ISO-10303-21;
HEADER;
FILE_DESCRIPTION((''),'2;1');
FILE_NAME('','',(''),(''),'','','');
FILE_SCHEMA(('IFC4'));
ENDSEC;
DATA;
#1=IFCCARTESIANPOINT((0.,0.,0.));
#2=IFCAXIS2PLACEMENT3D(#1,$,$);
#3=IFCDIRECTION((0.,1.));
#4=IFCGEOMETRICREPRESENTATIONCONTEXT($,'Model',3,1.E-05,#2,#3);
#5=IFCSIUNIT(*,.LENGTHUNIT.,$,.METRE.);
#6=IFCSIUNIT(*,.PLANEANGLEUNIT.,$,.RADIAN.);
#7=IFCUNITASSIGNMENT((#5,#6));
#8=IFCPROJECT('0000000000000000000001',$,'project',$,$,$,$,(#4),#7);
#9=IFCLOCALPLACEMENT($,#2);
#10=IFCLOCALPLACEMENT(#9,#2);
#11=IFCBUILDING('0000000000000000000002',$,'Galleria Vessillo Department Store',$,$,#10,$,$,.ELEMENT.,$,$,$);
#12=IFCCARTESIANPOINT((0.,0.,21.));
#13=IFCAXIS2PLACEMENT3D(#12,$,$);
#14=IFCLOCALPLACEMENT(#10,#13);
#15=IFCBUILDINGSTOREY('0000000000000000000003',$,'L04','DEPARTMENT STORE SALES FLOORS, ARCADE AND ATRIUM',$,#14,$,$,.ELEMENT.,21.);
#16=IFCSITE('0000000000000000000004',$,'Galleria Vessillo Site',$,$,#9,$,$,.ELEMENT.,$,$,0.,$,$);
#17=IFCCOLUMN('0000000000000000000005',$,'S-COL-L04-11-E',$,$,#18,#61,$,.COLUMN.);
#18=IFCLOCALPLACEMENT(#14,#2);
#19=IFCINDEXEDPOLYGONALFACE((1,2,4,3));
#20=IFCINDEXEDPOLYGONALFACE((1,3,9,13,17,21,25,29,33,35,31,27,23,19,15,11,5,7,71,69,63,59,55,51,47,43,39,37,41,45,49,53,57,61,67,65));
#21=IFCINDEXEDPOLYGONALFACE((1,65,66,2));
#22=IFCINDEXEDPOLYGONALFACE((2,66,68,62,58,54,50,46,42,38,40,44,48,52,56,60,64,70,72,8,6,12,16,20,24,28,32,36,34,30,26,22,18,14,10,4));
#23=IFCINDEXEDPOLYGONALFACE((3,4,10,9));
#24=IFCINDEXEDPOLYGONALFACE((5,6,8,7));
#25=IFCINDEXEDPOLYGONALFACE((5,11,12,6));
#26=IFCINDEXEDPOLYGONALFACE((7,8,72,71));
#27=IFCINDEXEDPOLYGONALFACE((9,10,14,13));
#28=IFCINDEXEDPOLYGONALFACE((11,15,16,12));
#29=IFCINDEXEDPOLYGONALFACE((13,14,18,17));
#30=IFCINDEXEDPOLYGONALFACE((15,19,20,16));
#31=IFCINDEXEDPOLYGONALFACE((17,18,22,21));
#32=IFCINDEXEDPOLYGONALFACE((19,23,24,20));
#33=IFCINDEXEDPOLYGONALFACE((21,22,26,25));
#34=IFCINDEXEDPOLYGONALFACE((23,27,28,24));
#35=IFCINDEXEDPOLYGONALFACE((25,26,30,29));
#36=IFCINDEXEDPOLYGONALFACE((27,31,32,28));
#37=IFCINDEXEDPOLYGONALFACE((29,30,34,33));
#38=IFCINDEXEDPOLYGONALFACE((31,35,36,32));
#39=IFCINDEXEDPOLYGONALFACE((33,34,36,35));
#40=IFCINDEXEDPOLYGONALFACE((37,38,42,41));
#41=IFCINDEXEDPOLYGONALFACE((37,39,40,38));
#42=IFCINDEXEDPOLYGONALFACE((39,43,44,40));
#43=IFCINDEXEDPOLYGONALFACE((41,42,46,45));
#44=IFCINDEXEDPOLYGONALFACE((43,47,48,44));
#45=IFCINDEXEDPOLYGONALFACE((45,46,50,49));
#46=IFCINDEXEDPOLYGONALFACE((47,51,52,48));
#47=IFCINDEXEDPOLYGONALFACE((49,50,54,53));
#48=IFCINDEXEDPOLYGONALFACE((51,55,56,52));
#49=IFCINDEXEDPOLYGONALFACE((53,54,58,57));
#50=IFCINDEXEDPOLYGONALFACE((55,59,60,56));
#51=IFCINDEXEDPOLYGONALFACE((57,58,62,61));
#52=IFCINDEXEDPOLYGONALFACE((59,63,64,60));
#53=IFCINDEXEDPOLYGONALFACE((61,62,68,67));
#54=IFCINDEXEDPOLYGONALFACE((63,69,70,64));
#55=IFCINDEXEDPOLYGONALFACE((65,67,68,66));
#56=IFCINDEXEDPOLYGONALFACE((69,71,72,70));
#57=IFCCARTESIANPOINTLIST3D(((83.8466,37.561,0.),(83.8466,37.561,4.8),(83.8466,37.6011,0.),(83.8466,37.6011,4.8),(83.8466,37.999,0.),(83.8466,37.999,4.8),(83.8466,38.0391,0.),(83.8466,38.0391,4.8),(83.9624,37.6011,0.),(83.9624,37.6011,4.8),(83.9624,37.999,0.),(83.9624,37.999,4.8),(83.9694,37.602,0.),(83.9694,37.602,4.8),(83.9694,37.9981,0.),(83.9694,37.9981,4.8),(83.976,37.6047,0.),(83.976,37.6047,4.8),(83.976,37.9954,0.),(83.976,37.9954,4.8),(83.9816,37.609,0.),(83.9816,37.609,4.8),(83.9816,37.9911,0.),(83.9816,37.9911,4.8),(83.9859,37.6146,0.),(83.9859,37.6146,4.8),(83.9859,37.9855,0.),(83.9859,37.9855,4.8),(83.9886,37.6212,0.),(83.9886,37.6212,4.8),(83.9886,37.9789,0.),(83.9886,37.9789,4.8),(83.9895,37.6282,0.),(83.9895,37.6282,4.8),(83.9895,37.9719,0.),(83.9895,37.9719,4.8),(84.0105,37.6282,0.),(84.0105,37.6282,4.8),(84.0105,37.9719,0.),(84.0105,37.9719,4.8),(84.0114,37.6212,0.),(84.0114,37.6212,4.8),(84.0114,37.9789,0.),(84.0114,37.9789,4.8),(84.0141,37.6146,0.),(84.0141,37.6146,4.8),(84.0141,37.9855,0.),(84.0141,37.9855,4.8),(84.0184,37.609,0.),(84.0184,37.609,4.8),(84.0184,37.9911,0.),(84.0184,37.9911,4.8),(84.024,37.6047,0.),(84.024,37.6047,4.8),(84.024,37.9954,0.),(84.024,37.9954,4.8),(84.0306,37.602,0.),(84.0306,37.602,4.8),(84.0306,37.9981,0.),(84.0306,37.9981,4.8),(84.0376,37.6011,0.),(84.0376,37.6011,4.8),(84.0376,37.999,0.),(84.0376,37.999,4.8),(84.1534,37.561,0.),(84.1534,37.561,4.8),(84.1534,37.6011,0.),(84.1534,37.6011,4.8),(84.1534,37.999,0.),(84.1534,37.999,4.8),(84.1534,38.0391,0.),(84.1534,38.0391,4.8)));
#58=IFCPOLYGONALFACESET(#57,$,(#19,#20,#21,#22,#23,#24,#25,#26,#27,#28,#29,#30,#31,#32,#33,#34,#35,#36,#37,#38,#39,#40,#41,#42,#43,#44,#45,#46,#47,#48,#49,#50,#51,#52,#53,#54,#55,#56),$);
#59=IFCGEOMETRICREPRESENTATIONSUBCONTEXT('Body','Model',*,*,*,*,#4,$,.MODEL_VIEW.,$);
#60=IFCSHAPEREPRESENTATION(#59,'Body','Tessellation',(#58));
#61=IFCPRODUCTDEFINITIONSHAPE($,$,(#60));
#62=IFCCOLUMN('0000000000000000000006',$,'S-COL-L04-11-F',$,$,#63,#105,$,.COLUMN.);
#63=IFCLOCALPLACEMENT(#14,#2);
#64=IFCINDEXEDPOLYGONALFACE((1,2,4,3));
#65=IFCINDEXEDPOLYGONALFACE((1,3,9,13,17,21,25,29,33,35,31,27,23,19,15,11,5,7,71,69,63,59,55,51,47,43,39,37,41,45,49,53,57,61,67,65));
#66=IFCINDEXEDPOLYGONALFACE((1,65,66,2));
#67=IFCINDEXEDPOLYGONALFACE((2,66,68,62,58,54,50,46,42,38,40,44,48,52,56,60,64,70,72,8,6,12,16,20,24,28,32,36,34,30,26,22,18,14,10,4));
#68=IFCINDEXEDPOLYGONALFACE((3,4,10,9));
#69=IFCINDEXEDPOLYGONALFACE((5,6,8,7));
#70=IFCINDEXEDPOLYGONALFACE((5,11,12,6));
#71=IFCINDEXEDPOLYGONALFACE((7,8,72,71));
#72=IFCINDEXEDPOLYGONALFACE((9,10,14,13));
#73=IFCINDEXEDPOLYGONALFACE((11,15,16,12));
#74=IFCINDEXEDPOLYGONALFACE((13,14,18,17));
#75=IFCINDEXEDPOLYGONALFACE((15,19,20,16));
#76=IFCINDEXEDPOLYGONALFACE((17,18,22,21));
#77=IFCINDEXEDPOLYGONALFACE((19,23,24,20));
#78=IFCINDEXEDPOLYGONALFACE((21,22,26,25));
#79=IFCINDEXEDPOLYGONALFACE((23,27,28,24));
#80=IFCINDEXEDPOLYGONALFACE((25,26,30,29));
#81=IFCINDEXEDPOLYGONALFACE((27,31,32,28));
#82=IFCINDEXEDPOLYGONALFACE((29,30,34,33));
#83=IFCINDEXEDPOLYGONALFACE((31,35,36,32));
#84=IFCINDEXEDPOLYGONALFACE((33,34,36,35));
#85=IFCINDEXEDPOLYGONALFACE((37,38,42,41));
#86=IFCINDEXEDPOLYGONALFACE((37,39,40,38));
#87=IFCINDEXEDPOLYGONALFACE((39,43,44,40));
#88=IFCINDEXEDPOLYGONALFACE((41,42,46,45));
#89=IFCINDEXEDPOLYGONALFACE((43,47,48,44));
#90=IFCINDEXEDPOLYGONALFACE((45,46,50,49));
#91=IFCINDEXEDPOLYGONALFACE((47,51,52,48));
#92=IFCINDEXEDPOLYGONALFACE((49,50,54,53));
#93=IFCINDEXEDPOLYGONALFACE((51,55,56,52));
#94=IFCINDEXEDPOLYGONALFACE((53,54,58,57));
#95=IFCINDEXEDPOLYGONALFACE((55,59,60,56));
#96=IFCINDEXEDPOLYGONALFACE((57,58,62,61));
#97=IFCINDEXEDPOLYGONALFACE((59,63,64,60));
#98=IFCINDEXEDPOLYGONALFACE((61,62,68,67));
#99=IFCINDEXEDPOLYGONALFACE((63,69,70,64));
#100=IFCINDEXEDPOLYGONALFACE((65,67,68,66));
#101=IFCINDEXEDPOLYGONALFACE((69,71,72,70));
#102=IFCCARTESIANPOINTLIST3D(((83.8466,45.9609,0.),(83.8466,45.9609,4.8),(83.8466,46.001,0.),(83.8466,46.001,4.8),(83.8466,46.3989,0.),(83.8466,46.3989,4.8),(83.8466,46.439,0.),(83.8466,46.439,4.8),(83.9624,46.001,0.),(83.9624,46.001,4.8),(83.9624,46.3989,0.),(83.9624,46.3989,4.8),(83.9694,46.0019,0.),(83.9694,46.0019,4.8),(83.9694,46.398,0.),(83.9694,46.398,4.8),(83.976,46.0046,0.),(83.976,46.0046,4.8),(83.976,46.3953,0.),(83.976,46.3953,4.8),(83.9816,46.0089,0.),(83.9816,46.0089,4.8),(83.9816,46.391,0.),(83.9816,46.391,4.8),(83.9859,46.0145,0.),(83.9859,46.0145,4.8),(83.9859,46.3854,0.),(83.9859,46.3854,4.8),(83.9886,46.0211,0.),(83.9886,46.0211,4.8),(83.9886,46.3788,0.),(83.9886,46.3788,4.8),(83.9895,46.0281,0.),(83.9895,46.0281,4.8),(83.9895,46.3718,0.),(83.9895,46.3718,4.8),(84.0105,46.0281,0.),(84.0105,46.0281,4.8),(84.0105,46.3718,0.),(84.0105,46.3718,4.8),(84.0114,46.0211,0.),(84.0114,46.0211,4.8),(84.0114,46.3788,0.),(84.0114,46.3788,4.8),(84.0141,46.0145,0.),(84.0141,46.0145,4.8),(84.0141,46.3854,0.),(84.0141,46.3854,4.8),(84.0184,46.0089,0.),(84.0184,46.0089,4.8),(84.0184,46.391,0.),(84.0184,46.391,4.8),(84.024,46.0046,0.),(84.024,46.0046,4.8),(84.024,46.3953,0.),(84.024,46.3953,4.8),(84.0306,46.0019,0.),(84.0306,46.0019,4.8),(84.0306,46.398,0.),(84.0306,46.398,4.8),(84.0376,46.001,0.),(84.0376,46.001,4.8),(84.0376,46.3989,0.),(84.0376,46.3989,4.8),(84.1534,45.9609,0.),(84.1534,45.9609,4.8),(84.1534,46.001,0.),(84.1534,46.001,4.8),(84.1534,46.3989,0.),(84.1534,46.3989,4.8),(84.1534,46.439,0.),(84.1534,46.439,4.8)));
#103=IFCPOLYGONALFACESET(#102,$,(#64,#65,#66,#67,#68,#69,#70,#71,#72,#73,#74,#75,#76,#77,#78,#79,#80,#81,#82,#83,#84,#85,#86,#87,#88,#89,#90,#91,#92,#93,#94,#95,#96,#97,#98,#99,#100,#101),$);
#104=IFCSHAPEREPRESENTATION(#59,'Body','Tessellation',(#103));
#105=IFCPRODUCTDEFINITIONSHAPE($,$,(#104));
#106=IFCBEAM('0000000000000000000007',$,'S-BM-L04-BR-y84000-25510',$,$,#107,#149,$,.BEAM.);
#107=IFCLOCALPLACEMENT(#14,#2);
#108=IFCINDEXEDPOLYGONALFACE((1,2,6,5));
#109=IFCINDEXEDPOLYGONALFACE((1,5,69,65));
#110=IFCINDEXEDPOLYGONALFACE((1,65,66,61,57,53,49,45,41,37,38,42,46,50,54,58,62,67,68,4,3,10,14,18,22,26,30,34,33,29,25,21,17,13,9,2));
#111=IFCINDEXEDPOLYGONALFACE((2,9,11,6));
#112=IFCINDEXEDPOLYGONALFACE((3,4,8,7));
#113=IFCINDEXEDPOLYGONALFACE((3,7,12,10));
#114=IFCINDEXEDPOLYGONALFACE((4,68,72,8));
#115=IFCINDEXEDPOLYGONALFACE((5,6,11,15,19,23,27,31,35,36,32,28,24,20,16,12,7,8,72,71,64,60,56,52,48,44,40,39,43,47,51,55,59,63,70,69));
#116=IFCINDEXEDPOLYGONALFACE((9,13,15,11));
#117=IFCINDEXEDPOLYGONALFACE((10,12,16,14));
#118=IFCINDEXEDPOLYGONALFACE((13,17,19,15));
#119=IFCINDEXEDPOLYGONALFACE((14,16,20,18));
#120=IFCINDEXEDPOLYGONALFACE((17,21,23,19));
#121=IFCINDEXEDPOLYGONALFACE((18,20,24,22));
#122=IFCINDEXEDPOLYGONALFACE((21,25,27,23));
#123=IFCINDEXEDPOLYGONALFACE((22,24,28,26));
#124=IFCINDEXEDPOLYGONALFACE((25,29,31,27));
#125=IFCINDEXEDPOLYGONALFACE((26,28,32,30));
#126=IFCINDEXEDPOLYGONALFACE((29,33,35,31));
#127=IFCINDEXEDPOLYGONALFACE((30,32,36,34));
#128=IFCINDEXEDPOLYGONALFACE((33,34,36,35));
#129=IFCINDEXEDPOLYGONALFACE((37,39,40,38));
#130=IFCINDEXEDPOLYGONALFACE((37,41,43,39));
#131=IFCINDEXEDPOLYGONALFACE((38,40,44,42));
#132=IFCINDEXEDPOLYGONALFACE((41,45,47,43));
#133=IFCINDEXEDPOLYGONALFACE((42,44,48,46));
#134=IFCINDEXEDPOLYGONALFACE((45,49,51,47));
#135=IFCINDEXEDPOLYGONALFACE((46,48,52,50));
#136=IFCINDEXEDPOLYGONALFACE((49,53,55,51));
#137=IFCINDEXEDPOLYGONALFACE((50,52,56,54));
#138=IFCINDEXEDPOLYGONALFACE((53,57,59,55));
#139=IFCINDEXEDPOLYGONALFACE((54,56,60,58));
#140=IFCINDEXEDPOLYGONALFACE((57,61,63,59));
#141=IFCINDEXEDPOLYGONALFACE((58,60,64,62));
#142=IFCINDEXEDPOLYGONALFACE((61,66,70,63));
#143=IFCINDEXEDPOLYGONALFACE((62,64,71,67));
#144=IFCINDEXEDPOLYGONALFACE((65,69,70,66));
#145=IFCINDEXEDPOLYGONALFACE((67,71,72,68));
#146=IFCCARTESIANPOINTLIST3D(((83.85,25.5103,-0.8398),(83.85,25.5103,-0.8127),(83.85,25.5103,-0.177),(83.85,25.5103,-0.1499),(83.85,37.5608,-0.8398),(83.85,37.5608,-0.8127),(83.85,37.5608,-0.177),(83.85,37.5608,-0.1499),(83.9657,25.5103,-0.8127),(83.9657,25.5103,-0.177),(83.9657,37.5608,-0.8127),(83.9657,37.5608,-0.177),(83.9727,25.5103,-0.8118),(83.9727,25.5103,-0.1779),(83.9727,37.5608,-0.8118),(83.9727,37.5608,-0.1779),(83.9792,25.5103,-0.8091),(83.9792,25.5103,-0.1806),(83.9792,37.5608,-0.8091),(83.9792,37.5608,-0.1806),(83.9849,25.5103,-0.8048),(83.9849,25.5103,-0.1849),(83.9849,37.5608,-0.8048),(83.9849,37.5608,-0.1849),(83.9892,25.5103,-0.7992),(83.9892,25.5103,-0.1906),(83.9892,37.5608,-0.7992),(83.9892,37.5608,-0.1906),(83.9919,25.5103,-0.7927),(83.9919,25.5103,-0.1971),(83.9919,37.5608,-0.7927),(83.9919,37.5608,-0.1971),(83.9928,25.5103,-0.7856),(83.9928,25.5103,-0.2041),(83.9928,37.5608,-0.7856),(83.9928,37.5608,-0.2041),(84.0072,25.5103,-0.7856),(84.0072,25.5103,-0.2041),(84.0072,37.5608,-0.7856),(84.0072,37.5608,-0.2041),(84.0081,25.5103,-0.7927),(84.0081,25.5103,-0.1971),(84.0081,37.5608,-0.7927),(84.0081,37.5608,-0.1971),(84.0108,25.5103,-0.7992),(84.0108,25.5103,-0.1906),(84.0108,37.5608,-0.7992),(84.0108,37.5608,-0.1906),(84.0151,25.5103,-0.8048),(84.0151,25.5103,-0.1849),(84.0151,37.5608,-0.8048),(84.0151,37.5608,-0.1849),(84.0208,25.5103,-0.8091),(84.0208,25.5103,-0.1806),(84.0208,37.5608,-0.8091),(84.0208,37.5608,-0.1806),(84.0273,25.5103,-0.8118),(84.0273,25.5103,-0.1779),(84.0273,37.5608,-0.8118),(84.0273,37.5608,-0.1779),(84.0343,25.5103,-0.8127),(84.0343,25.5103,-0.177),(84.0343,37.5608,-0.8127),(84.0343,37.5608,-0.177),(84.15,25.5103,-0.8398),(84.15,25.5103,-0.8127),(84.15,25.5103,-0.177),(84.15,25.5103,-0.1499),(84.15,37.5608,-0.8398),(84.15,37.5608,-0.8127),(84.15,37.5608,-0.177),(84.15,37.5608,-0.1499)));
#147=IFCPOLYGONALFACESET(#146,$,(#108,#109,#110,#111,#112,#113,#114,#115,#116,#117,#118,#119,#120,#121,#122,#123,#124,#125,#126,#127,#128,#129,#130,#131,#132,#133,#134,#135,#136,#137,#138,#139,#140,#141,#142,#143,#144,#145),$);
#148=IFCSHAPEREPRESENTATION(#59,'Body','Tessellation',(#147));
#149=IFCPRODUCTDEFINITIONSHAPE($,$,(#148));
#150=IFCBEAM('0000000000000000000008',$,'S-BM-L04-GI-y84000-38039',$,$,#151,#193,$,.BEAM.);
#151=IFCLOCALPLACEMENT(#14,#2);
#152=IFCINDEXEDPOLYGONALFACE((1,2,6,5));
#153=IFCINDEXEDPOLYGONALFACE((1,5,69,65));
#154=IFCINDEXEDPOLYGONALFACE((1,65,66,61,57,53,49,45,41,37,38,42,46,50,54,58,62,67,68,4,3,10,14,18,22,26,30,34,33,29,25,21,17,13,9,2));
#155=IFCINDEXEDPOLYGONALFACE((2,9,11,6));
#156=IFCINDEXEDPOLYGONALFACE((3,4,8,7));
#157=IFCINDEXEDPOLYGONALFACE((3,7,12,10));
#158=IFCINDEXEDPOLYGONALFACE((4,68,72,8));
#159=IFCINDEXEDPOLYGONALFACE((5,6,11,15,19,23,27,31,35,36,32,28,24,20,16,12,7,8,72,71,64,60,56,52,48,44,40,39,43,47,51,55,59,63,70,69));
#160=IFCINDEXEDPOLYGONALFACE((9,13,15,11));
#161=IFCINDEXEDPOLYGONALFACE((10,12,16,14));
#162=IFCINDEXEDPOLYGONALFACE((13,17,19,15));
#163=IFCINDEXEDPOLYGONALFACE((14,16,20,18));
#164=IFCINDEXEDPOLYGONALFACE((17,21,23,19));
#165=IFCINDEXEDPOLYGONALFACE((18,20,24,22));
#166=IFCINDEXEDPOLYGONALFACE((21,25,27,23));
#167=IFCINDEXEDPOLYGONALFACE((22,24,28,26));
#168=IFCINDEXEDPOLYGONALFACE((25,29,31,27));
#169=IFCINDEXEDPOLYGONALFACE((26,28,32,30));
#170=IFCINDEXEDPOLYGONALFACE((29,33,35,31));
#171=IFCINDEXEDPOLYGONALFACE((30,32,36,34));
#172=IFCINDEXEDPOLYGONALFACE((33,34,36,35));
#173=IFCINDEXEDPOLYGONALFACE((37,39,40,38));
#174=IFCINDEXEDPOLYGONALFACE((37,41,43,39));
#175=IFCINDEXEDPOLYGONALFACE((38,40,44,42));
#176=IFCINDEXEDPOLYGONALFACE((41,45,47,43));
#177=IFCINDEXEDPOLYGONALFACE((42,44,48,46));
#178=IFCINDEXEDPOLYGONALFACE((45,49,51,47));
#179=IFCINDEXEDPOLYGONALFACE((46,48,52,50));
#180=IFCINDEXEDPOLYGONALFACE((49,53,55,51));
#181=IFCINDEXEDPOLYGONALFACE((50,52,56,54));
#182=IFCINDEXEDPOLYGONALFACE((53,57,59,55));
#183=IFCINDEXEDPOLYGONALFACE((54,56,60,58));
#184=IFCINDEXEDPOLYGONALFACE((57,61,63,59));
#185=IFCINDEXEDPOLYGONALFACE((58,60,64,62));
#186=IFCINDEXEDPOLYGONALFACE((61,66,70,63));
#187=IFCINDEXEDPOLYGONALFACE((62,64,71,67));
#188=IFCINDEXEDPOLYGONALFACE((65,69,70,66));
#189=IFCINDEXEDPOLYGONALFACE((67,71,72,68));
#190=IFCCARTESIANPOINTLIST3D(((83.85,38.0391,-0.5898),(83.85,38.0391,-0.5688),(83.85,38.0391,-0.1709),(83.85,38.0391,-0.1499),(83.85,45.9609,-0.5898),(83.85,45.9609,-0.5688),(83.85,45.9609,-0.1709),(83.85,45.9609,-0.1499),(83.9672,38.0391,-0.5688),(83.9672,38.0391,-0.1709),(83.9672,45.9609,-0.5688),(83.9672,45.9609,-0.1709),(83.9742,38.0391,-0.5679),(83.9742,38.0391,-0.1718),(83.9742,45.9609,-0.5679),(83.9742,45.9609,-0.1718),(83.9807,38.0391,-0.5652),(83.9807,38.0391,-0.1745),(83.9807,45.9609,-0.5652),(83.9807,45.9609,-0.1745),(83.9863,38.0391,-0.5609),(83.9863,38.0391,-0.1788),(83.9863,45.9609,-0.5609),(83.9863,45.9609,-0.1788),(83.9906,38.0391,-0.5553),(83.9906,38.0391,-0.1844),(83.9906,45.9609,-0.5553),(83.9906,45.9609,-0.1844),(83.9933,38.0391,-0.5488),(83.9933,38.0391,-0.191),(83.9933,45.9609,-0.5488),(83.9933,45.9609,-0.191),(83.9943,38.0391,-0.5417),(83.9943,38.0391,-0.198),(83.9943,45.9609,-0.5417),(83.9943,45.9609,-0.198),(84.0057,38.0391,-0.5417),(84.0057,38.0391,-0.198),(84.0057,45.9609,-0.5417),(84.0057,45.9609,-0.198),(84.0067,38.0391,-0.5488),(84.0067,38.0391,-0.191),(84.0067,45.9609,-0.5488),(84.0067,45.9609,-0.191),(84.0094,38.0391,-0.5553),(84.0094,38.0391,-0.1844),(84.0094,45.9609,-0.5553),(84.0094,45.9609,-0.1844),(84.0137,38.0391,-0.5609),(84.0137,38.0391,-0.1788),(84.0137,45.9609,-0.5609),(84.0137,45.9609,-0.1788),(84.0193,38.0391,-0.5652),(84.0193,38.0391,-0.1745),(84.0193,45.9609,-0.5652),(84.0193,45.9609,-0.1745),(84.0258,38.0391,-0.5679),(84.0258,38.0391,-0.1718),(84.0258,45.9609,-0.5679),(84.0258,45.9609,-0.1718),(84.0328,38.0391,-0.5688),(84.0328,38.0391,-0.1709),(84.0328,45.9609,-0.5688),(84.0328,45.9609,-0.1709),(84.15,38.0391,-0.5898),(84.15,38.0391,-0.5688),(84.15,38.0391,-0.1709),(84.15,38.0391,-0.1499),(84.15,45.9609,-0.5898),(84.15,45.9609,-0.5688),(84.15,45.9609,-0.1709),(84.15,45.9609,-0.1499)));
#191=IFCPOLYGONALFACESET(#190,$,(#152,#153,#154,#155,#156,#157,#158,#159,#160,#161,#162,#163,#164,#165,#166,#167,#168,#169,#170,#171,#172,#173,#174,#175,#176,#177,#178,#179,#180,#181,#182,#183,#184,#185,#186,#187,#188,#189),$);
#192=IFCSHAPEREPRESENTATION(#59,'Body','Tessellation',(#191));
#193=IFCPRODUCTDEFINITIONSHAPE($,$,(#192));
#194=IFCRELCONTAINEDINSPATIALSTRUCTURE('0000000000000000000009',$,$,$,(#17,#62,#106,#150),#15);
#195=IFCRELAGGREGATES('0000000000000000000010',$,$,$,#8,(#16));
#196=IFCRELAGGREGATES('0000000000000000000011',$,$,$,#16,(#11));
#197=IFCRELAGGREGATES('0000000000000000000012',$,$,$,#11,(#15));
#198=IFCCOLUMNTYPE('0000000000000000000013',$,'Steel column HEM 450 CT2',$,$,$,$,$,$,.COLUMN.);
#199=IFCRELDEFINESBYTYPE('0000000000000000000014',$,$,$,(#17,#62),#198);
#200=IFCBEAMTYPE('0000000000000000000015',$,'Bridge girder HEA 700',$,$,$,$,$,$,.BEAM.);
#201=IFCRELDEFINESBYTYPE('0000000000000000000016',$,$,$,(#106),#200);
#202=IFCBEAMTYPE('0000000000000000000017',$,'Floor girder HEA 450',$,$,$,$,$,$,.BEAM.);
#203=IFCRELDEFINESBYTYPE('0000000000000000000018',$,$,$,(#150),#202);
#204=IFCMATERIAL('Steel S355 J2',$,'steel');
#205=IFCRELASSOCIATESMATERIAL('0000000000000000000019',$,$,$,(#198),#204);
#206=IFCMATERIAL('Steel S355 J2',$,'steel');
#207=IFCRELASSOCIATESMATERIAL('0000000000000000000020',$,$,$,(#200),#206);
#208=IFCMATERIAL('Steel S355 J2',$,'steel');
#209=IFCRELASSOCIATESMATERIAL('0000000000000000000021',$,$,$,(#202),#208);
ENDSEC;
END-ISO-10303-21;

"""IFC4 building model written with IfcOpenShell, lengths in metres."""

from ifc_helpers import new_model, si_unit, direction, frame, origin, origin_2d, place, context, subcontext, project, spatial, i_section, extrude, material, material_profile, profile_set, type_object, element, save


model = new_model("IFC4")

# Units and contexts
model_context = context("Model", 3, precision=1e-05, world=origin(), true_north=direction((0.0, 1.0)))
body_context = subcontext(model_context, "Body", "Model", "MODEL_VIEW")
ifc_project = project(units=[si_unit("LENGTHUNIT", "METRE"), si_unit("PLANEANGLEUNIT", "RADIAN")], contexts=[model_context])

# Site, building, storey
site_placement = place(None, origin())
site = spatial("IfcSite", under=ifc_project, at=site_placement, Name="Galleria Vessillo Site", CompositionType="ELEMENT", RefElevation=0.0)
building_placement = place(site_placement, origin())
building = spatial("IfcBuilding", under=site, at=building_placement, Name="Galleria Vessillo Department Store", CompositionType="ELEMENT")
storey_placement = place(building_placement, frame((0.0, 0.0, 21.0)))
storey = spatial("IfcBuildingStorey", under=building, at=storey_placement, Name="L04", Description="DEPARTMENT STORE SALES FLOORS, ARCADE AND ATRIUM", CompositionType="ELEMENT", Elevation=21.0)

# Columns
ifc_material_1 = material(Name="Steel S355 J2", Category="steel")
ifc_material_profile_1 = material_profile(ifc_material_1, i_section(OverallWidth=0.3069, OverallDepth=0.478, WebThickness=0.021, FlangeThickness=0.04, FilletRadius=0.0271, at=origin_2d()), Name="HEM 450")
ifc_profile_set_1 = profile_set([ifc_material_profile_1], Name="Steel S355 J2")
column_type = type_object("IfcColumnType", Name="Steel column HEM 450 CT2", PredefinedType="COLUMN", material=ifc_profile_set_1)
for number, where, z_axis, x_axis, name in (
    (1, (84.0, 37.8, 0.0), (0.0, 0.0, 1.0), (1.0, 0.0, 0.0), "S-COL-L04-11-E"),
    (2, (84.0, 46.2, 0.0), (0.0, 0.0, 1.0), (1.0, 0.0, 0.0), "S-COL-L04-11-F"),
):
    element("IfcColumn", number, at=place(storey_placement, frame(where, z_axis=z_axis, x_axis=x_axis)), inside=storey, type_object=column_type, Name=name, PredefinedType="COLUMN", context=body_context, shape_type="SweptSolid", body=[
        extrude(i_section(OverallWidth=0.3069, OverallDepth=0.478, WebThickness=0.021, FlangeThickness=0.04, FilletRadius=0.0271, at=origin_2d()), origin(), (0.0, 0.0, 1.0), 4.8),
    ])

# Beams
ifc_material_2 = material(Name="Steel S355 J2", Category="steel")
ifc_material_profile_2 = material_profile(ifc_material_2, i_section(OverallWidth=0.3, OverallDepth=0.6899, WebThickness=0.0144, FlangeThickness=0.0271, FilletRadius=0.0271, at=origin_2d()), Name="HEA 700")
ifc_profile_set_2 = profile_set([ifc_material_profile_2], Name="Steel S355 J2")
beam_type_1 = type_object("IfcBeamType", Name="Bridge girder HEA 700", PredefinedType="BEAM", material=ifc_profile_set_2)
beam_1_placement = place(storey_placement, frame((84.0, 25.5103, -0.4949), z_axis=(0.0, 1.0, 0.0), x_axis=(-1.0, 0.0, 0.0)))
element("IfcBeam", 3, at=beam_1_placement, inside=storey, type_object=beam_type_1, Name="S-BM-L04-BR-y84000-25510", PredefinedType="BEAM", context=body_context, shape_type="SweptSolid", body=[
    extrude(i_section(OverallWidth=0.3, OverallDepth=0.6899, WebThickness=0.0144, FlangeThickness=0.0271, FilletRadius=0.0271, at=origin_2d()), origin(), (0.0, 0.0, 1.0), 12.0505),
])
ifc_material_3 = material(Name="Steel S355 J2", Category="steel")
ifc_material_profile_3 = material_profile(ifc_material_3, i_section(OverallWidth=0.3, OverallDepth=0.4399, WebThickness=0.0115, FlangeThickness=0.021, FilletRadius=0.0271, at=origin_2d()), Name="HEA 450")
ifc_profile_set_3 = profile_set([ifc_material_profile_3], Name="Steel S355 J2")
beam_type_2 = type_object("IfcBeamType", Name="Floor girder HEA 450", PredefinedType="BEAM", material=ifc_profile_set_3)
beam_2_placement = place(storey_placement, frame((84.0, 38.0391, -0.3699), z_axis=(0.0, 1.0, 0.0), x_axis=(-1.0, 0.0, 0.0)))
element("IfcBeam", 4, at=beam_2_placement, inside=storey, type_object=beam_type_2, Name="S-BM-L04-GI-y84000-38039", PredefinedType="BEAM", context=body_context, shape_type="SweptSolid", body=[
    extrude(i_section(OverallWidth=0.3, OverallDepth=0.4399, WebThickness=0.0115, FlangeThickness=0.021, FilletRadius=0.0271, at=origin_2d()), origin(), (0.0, 0.0, 1.0), 7.9219),
])

save(model, "model.ifc")
